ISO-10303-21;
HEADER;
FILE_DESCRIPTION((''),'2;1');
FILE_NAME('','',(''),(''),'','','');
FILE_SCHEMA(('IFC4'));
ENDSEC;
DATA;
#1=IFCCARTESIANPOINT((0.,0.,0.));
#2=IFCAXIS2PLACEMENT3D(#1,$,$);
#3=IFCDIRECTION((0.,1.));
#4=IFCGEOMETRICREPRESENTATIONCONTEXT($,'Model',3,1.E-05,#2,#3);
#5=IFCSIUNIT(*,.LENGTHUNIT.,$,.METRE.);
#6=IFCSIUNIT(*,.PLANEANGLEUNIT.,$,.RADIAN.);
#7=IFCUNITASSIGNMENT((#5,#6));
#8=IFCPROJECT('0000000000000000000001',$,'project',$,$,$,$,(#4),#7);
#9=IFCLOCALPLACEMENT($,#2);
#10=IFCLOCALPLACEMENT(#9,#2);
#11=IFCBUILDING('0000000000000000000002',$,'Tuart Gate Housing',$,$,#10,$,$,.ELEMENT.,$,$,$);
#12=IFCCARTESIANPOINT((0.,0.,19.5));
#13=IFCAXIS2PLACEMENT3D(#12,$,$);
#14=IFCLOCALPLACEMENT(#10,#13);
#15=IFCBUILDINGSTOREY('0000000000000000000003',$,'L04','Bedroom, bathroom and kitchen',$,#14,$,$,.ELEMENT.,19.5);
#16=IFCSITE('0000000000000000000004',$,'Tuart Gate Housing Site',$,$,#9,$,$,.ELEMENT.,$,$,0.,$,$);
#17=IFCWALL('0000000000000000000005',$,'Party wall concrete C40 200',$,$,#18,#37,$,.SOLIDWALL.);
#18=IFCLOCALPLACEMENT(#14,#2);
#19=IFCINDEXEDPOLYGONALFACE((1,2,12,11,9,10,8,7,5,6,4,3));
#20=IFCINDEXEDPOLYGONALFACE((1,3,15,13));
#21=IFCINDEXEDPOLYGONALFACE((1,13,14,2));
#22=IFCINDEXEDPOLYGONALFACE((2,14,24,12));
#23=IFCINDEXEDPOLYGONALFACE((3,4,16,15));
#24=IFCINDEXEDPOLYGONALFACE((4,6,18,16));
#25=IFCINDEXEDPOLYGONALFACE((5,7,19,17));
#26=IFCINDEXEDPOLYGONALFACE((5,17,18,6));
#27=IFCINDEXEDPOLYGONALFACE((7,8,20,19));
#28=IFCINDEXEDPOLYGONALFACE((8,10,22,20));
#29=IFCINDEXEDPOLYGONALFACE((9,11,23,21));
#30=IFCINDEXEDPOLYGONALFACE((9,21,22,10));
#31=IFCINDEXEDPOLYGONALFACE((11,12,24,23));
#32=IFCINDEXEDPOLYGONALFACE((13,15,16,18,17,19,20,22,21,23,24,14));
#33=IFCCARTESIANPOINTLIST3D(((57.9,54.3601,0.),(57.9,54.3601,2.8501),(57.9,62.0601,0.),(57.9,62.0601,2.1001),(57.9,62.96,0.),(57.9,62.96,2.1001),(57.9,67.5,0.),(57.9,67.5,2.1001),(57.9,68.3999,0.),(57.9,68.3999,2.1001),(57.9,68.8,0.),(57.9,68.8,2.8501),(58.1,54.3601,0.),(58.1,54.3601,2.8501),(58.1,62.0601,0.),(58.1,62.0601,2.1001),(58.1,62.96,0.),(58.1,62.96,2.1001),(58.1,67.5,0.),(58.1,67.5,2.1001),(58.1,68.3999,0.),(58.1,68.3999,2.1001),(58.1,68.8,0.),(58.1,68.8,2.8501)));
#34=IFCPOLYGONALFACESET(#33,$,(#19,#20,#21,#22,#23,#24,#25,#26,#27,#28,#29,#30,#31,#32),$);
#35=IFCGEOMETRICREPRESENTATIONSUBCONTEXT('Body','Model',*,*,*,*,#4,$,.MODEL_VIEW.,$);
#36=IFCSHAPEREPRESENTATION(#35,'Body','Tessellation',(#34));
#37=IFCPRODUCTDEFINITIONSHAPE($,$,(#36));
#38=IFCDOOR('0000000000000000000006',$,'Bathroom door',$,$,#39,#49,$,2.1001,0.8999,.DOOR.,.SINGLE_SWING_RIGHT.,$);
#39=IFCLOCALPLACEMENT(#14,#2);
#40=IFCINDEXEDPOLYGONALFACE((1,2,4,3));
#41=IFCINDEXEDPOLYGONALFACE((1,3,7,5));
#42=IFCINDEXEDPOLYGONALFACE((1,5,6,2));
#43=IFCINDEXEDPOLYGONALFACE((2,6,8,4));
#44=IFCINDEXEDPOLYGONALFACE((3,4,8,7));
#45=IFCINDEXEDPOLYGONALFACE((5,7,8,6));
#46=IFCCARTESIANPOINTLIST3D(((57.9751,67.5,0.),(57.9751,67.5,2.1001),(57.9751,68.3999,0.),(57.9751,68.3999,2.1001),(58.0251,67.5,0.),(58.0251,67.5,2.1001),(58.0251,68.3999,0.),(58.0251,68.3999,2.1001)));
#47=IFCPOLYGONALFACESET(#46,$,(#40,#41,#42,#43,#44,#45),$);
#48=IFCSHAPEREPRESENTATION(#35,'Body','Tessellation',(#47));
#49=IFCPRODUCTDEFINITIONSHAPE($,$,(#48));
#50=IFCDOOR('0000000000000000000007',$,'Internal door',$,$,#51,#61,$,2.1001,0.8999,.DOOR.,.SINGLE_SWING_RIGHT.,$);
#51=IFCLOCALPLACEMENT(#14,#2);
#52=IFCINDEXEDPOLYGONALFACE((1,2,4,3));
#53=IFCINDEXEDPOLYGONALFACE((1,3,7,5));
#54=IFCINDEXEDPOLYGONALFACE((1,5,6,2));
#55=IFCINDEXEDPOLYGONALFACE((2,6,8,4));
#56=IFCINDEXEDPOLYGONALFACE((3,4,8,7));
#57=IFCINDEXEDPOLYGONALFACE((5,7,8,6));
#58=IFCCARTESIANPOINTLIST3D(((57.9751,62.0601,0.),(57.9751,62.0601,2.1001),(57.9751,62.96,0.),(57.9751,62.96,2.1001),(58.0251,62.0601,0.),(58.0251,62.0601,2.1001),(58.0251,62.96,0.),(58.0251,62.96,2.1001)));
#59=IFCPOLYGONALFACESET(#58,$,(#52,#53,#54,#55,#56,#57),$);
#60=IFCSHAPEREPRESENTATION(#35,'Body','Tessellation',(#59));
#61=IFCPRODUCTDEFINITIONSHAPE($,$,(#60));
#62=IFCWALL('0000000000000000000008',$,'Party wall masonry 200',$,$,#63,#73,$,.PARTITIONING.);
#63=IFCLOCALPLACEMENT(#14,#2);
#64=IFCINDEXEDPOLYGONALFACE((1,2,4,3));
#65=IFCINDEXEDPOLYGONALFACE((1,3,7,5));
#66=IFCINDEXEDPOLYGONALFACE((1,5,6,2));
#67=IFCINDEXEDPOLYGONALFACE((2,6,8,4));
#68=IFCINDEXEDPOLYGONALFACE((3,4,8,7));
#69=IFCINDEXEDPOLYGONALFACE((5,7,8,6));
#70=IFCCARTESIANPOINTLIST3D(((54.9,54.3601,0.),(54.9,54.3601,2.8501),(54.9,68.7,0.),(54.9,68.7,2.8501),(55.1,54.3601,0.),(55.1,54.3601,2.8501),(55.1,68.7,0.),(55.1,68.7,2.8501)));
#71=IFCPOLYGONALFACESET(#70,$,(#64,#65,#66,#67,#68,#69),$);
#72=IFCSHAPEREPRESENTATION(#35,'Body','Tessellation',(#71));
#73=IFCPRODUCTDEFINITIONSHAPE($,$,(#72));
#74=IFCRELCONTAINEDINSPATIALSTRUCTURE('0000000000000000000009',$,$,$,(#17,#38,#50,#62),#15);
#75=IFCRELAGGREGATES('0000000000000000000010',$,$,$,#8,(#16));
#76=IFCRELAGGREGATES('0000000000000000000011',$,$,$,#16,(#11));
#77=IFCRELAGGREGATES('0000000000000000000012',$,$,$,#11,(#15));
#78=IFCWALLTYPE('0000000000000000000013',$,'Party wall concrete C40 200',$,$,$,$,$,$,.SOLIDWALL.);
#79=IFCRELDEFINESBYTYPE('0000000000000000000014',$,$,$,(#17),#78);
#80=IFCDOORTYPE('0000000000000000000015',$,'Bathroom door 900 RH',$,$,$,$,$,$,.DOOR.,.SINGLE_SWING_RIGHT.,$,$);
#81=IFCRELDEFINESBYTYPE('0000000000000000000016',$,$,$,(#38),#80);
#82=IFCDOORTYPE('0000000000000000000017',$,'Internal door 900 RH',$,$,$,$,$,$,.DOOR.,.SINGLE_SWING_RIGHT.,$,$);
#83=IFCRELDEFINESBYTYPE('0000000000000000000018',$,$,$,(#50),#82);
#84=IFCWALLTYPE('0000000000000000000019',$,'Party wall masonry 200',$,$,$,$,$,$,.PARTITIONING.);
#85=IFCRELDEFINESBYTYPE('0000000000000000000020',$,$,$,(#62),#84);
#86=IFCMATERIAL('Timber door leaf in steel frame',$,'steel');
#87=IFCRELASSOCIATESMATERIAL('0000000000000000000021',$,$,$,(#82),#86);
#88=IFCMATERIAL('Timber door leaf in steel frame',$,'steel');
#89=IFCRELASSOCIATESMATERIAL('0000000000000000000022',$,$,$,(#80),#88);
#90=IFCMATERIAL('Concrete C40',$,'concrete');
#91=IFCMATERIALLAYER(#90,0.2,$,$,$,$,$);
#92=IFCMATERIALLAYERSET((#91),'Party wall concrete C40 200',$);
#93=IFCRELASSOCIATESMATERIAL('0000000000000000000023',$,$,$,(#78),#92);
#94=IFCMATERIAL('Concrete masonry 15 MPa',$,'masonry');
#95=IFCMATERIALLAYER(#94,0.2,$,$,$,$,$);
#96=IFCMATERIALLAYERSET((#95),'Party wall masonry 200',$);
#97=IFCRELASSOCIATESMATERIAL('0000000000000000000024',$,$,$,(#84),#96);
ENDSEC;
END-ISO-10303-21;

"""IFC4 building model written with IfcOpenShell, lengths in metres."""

from ifc_helpers import new_model, si_unit, direction, frame, frame_2d, origin, place, context, subcontext, project, spatial, rectangle, extrude, material, layer, layer_set, type_object, element, fill, save


model = new_model("IFC4")

# Units and contexts
model_context = context("Model", 3, precision=1e-05, world=origin(), true_north=direction((0.0, 1.0)))
body_context = subcontext(model_context, "Body", "Model", "MODEL_VIEW")
ifc_project = project(units=[si_unit("LENGTHUNIT", "METRE"), si_unit("PLANEANGLEUNIT", "RADIAN")], contexts=[model_context])

# Site, building, storey
site_placement = place(None, origin())
site = spatial("IfcSite", under=ifc_project, at=site_placement, Name="Tuart Gate Housing Site", CompositionType="ELEMENT", RefElevation=0.0)
building_placement = place(site_placement, origin())
building = spatial("IfcBuilding", under=site, at=building_placement, Name="Tuart Gate Housing", CompositionType="ELEMENT")
storey_placement = place(building_placement, frame((0.0, 0.0, 19.5)))
storey = spatial("IfcBuildingStorey", under=building, at=storey_placement, Name="L04", Description="Bedroom, bathroom and kitchen", CompositionType="ELEMENT", Elevation=19.5)

# Shared definitions
ifc_material_1 = material(Name="Timber door leaf in steel frame", Category="steel")
door_type_1 = type_object("IfcDoorType", Name="Internal door 900 RH", OperationType="SINGLE_SWING_RIGHT", PredefinedType="DOOR", material=ifc_material_1)

# Shared definitions
ifc_material_2 = material(Name="Timber door leaf in steel frame", Category="steel")
door_type_2 = type_object("IfcDoorType", Name="Bathroom door 900 RH", OperationType="SINGLE_SWING_RIGHT", PredefinedType="DOOR", material=ifc_material_2)

# Shared definitions
ifc_material_3 = material(Name="Concrete C40", Category="concrete")
ifc_layer_1 = layer(ifc_material_3, 0.2)
ifc_layer_set_1 = layer_set([ifc_layer_1], Name="Party wall concrete C40 200")
wall_type_1 = type_object("IfcWallType", Name="Party wall concrete C40 200", PredefinedType="SOLIDWALL", material=ifc_layer_set_1)

# Wall, openings, doors
wall_1_placement = place(storey_placement, frame((58.0, 54.3601, 0.0), z_axis=(0.0, 0.0, 1.0), x_axis=(0.0, 1.0, 0.0)))
wall_1 = element("IfcWall", 1, at=wall_1_placement, inside=storey, type_object=wall_type_1, Name="Party wall concrete C40 200", PredefinedType="SOLIDWALL", context=body_context, shape_type="SweptSolid", body=[
    extrude(rectangle(XDim=14.4399, YDim=0.2, at=frame_2d((7.22, 0.0))), origin(), (0.0, 0.0, 1.0), 2.8501),
])
opening_1_placement = place(wall_1_placement, frame((7.7, 0.0, 0.0)))
opening_1 = element("IfcOpeningElement", 2, at=opening_1_placement, cuts=wall_1, PredefinedType="OPENING", context=body_context, shape_type="SweptSolid", body=[
    extrude(rectangle(XDim=0.8999, YDim=2.1001, at=frame_2d((0.45, 1.05))), frame((0.0, 0.1099, 0.0), z_axis=(0.0, -1.0, 0.0), x_axis=(1.0, 0.0, 0.0)), (0.0, 0.0, 1.0), 0.22),
])
opening_2_placement = place(wall_1_placement, frame((13.1399, 0.0, 0.0)))
opening_2 = element("IfcOpeningElement", 3, at=opening_2_placement, cuts=wall_1, PredefinedType="OPENING", context=body_context, shape_type="SweptSolid", body=[
    extrude(rectangle(XDim=0.8999, YDim=2.1001, at=frame_2d((0.45, 1.05))), frame((0.0, 0.1099, 0.0), z_axis=(0.0, -1.0, 0.0), x_axis=(1.0, 0.0, 0.0)), (0.0, 0.0, 1.0), 0.22),
])
door_1_placement = place(opening_2_placement, origin())
door_1 = element("IfcDoor", 4, at=door_1_placement, inside=storey, type_object=door_type_2, Name="Bathroom door", OperationType="SINGLE_SWING_RIGHT", OverallHeight=2.1001, OverallWidth=0.8999, PredefinedType="DOOR", context=body_context, shape_type="SweptSolid", body=[
    extrude(rectangle(XDim=0.8999, YDim=2.1001, at=frame_2d((0.45, 1.05))), frame((0.0, 0.0249, 0.0), z_axis=(0.0, -1.0, 0.0), x_axis=(1.0, 0.0, 0.0)), (0.0, 0.0, 1.0), 0.05),
])
fill(opening_2, door_1)
door_2_placement = place(opening_1_placement, origin())
door_2 = element("IfcDoor", 5, at=door_2_placement, inside=storey, type_object=door_type_1, Name="Internal door", OperationType="SINGLE_SWING_RIGHT", OverallHeight=2.1001, OverallWidth=0.8999, PredefinedType="DOOR", context=body_context, shape_type="SweptSolid", body=[
    extrude(rectangle(XDim=0.8999, YDim=2.1001, at=frame_2d((0.45, 1.05))), frame((0.0, 0.0249, 0.0), z_axis=(0.0, -1.0, 0.0), x_axis=(1.0, 0.0, 0.0)), (0.0, 0.0, 1.0), 0.05),
])
fill(opening_1, door_2)

# Wall
ifc_material_4 = material(Name="Concrete masonry 15 MPa", Category="masonry")
ifc_layer_2 = layer(ifc_material_4, 0.2)
ifc_layer_set_2 = layer_set([ifc_layer_2], Name="Party wall masonry 200")
wall_type_2 = type_object("IfcWallType", Name="Party wall masonry 200", PredefinedType="PARTITIONING", material=ifc_layer_set_2)
wall_2_placement = place(storey_placement, frame((55.0, 54.3601, 0.0), z_axis=(0.0, 0.0, 1.0), x_axis=(0.0, 1.0, 0.0)))
element("IfcWall", 6, at=wall_2_placement, inside=storey, type_object=wall_type_2, Name="Party wall masonry 200", PredefinedType="PARTITIONING", context=body_context, shape_type="SweptSolid", body=[
    extrude(rectangle(XDim=14.3398, YDim=0.2, at=frame_2d((7.1699, 0.0))), origin(), (0.0, 0.0, 1.0), 2.8501),
])

save(model, "model.ifc")
